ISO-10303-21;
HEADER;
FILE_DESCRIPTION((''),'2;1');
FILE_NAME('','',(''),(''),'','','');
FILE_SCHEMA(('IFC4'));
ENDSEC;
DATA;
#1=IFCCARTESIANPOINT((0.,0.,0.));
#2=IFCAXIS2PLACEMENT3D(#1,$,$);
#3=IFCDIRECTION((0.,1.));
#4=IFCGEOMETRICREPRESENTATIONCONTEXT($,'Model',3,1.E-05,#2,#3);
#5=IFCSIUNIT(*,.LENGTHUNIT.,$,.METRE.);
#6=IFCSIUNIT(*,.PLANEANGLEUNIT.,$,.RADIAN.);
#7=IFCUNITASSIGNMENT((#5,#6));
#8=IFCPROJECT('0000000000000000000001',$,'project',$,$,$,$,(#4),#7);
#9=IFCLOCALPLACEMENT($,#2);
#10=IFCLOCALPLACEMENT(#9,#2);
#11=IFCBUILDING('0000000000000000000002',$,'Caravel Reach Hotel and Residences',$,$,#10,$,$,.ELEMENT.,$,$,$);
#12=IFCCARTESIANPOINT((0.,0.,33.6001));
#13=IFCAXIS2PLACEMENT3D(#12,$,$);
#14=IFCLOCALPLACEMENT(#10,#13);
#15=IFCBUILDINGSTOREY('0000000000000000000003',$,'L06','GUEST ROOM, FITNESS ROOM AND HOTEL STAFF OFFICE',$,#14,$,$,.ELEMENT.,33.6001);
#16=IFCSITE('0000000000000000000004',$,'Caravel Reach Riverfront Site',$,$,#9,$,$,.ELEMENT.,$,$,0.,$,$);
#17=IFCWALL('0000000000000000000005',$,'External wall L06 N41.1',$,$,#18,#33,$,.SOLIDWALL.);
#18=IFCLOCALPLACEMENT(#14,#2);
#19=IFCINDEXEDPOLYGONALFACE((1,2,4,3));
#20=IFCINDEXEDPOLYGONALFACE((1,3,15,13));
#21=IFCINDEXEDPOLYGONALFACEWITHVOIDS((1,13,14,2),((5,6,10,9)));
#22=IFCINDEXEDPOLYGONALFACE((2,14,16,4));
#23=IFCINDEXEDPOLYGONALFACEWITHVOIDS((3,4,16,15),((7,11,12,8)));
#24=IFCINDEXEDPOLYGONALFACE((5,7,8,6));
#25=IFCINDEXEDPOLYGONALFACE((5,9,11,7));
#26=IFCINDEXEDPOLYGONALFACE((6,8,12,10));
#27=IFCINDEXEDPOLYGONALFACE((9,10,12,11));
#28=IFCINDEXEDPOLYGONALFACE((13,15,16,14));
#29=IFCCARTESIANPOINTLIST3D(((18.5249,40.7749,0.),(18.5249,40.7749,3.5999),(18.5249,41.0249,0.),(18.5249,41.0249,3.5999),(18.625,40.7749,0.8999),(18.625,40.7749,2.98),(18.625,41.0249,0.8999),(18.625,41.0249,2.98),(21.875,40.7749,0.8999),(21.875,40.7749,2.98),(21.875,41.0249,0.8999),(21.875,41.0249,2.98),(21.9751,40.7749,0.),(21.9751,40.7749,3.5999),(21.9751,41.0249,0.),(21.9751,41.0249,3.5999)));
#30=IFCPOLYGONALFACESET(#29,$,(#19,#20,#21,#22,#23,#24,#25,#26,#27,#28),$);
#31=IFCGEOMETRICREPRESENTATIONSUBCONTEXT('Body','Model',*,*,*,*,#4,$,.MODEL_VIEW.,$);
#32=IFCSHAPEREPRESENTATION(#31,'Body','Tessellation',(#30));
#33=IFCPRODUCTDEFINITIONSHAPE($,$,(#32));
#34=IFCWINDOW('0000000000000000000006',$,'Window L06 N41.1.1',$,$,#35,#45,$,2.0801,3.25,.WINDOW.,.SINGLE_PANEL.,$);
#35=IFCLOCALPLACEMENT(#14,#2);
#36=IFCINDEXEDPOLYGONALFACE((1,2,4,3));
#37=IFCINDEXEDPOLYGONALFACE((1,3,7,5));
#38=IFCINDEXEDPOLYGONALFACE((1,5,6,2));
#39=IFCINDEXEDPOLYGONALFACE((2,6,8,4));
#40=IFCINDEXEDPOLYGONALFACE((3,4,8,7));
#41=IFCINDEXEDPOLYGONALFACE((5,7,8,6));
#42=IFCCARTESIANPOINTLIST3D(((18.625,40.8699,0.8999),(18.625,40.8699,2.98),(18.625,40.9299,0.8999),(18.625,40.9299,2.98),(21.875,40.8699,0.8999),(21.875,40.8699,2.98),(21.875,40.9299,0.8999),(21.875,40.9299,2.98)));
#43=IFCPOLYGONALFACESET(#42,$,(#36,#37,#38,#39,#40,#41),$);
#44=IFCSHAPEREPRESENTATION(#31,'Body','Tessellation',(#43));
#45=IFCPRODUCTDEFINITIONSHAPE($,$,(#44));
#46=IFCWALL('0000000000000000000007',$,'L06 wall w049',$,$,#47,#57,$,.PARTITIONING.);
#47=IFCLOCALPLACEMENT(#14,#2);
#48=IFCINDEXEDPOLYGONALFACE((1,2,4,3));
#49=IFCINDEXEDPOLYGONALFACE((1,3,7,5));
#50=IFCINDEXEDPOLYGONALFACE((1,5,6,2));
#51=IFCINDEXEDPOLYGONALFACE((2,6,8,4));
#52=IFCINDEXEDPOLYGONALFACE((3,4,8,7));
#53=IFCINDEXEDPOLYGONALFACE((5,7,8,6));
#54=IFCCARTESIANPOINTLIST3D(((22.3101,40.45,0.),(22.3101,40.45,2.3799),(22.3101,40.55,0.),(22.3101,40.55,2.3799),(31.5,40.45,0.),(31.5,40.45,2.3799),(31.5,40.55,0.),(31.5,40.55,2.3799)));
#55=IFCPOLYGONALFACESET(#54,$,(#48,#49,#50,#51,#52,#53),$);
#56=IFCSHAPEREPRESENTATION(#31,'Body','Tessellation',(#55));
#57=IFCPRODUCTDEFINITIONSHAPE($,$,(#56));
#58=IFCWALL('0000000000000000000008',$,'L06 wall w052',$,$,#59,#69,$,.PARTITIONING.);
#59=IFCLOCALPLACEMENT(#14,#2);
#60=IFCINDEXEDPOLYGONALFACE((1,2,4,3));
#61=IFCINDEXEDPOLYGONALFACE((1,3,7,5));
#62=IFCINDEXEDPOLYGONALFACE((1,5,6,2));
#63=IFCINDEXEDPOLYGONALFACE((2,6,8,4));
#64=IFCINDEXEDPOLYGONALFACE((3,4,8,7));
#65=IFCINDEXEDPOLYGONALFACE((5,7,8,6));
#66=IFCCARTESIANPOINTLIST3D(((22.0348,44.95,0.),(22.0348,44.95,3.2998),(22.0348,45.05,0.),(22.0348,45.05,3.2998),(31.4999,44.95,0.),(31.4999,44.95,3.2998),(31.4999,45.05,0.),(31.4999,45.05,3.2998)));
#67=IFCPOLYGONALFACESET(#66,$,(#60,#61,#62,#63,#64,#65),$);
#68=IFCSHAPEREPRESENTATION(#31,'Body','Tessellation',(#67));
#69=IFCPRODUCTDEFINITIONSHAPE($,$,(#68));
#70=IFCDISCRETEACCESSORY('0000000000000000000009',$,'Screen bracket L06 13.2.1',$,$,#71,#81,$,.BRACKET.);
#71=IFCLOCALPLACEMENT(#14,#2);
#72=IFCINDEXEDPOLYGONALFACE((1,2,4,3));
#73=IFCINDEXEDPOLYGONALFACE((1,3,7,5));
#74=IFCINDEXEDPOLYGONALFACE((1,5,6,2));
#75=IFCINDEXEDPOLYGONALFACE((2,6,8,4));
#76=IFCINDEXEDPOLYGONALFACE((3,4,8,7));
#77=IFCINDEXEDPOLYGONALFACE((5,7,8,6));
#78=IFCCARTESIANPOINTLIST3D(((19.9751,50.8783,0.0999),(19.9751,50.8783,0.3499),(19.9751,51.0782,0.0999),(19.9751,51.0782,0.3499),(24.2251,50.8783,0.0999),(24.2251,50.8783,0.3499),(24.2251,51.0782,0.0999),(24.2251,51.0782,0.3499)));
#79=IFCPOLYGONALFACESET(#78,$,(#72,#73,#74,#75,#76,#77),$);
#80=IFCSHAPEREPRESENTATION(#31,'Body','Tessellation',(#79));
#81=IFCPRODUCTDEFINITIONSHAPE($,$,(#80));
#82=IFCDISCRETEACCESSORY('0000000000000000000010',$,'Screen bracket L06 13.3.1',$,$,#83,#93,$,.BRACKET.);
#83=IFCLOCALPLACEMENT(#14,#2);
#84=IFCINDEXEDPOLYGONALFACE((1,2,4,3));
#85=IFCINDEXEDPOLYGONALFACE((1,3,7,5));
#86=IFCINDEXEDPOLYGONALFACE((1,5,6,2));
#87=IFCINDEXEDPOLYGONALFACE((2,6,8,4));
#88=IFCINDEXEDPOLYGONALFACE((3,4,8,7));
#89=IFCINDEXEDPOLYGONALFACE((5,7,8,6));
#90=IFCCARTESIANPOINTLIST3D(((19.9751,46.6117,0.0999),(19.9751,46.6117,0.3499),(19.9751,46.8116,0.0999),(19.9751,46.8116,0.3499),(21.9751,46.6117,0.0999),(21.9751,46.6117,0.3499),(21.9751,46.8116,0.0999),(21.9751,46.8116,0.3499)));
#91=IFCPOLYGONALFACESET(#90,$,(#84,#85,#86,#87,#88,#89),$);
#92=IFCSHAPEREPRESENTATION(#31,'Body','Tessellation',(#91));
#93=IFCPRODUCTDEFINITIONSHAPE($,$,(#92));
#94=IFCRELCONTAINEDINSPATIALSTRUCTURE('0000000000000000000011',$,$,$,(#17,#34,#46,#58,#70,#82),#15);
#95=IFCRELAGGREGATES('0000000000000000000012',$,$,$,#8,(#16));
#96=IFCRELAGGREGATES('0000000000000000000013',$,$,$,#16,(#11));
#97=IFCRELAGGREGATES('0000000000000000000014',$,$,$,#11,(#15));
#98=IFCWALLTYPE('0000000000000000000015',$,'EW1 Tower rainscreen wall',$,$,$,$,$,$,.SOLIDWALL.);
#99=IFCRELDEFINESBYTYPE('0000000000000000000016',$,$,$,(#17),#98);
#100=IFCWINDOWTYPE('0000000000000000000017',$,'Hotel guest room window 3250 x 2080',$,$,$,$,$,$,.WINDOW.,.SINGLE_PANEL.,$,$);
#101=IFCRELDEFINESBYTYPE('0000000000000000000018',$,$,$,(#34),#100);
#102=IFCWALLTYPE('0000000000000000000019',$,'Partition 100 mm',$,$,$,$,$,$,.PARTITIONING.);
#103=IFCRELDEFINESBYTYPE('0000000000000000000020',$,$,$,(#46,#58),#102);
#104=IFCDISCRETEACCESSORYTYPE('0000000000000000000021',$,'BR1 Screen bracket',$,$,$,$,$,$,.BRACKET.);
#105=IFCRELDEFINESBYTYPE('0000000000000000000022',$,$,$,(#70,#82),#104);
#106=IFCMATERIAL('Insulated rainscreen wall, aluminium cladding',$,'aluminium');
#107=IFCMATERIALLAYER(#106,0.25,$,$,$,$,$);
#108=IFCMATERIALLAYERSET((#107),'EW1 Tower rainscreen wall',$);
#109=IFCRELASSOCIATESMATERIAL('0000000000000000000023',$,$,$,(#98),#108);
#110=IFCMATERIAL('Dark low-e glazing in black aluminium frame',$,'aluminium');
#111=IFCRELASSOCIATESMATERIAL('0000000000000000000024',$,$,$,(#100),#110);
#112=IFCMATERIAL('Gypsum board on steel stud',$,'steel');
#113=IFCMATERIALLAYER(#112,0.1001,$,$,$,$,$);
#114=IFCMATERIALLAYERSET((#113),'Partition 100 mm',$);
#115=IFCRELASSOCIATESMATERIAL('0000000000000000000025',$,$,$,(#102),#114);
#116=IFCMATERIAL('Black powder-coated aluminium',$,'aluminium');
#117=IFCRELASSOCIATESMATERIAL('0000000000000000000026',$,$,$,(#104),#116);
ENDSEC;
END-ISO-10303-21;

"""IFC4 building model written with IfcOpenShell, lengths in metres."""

from ifc_helpers import new_model, si_unit, direction, frame, frame_2d, origin, origin_2d, place, context, subcontext, project, spatial, rectangle, extrude, material, layer, layer_set, type_object, element, fill, save


model = new_model("IFC4")

# Units and contexts
model_context = context("Model", 3, precision=1e-05, world=origin(), true_north=direction((0.0, 1.0)))
body_context = subcontext(model_context, "Body", "Model", "MODEL_VIEW")
ifc_project = project(units=[si_unit("LENGTHUNIT", "METRE"), si_unit("PLANEANGLEUNIT", "RADIAN")], contexts=[model_context])

# Site, building, storey
site_placement = place(None, origin())
site = spatial("IfcSite", under=ifc_project, at=site_placement, Name="Caravel Reach Riverfront Site", CompositionType="ELEMENT", RefElevation=0.0)
building_placement = place(site_placement, origin())
building = spatial("IfcBuilding", under=site, at=building_placement, Name="Caravel Reach Hotel and Residences", CompositionType="ELEMENT")
storey_placement = place(building_placement, frame((0.0, 0.0, 33.6001)))
storey = spatial("IfcBuildingStorey", under=building, at=storey_placement, Name="L06", Description="GUEST ROOM, FITNESS ROOM AND HOTEL STAFF OFFICE", CompositionType="ELEMENT", Elevation=33.6001)

# Shared definitions
ifc_material_1 = material(Name="Insulated rainscreen wall, aluminium cladding", Category="aluminium")
ifc_layer_1 = layer(ifc_material_1, 0.25)
ifc_layer_set_1 = layer_set([ifc_layer_1], Name="EW1 Tower rainscreen wall")
wall_type_1 = type_object("IfcWallType", Name="EW1 Tower rainscreen wall", PredefinedType="SOLIDWALL", material=ifc_layer_set_1)

# Shared definitions
ifc_material_2 = material(Name="Dark low-e glazing in black aluminium frame", Category="aluminium")
window_type_1 = type_object("IfcWindowType", Name="Hotel guest room window 3250 x 2080", PartitioningType="SINGLE_PANEL", PredefinedType="WINDOW", material=ifc_material_2)

# Wall, opening, window
wall_1_placement = place(storey_placement, frame((21.9751, 40.8999, 0.0), z_axis=(0.0, 0.0, 1.0), x_axis=(-1.0, 0.0, 0.0)))
wall_1 = element("IfcWall", 1, at=wall_1_placement, inside=storey, type_object=wall_type_1, Name="External wall L06 N41.1", PredefinedType="SOLIDWALL", context=body_context, shape_type="SweptSolid", body=[
    extrude(rectangle(XDim=3.4502, YDim=0.25, at=frame_2d((1.7251, 0.0))), origin(), (0.0, 0.0, 1.0), 3.5999),
])
opening_1_placement = place(wall_1_placement, frame((0.1001, 0.0, 0.8999)))
opening_1 = element("IfcOpeningElement", 2, at=opening_1_placement, cuts=wall_1, PredefinedType="OPENING", context=body_context, shape_type="SweptSolid", body=[
    extrude(rectangle(XDim=3.25, YDim=2.0801, at=frame_2d((1.625, 1.04))), frame((0.0, 0.135, 0.0), z_axis=(0.0, -1.0, 0.0), x_axis=(1.0, 0.0, 0.0)), (0.0, 0.0, 1.0), 0.27),
])
window_1_placement = place(opening_1_placement, origin())
window_1 = element("IfcWindow", 3, at=window_1_placement, inside=storey, type_object=window_type_1, Name="Window L06 N41.1.1", OverallHeight=2.0801, OverallWidth=3.25, PartitioningType="SINGLE_PANEL", PredefinedType="WINDOW", context=body_context, shape_type="SweptSolid", body=[
    extrude(rectangle(XDim=3.25, YDim=2.0801, at=frame_2d((1.625, 1.04))), frame((0.0, 0.03, 0.0), z_axis=(0.0, -1.0, 0.0), x_axis=(1.0, 0.0, 0.0)), (0.0, 0.0, 1.0), 0.0601),
])
fill(opening_1, window_1)

# Walls
ifc_material_3 = material(Name="Gypsum board on steel stud", Category="steel")
ifc_layer_2 = layer(ifc_material_3, 0.1001)
ifc_layer_set_2 = layer_set([ifc_layer_2], Name="Partition 100 mm")
wall_type_2 = type_object("IfcWallType", Name="Partition 100 mm", PredefinedType="PARTITIONING", material=ifc_layer_set_2)
wall_2_placement = place(storey_placement, frame((22.3101, 40.5, 0.0), z_axis=(0.0, 0.0, 1.0), x_axis=(1.0, 0.0, 0.0)))
element("IfcWall", 4, at=wall_2_placement, inside=storey, type_object=wall_type_2, Name="L06 wall w049", PredefinedType="PARTITIONING", context=body_context, shape_type="SweptSolid", body=[
    extrude(rectangle(XDim=9.1899, YDim=0.1001, at=frame_2d((4.595, 0.0))), origin(), (0.0, 0.0, 1.0), 2.3799),
])
wall_3_placement = place(storey_placement, frame((22.0349, 45.0, 0.0), z_axis=(0.0, 0.0, 1.0), x_axis=(1.0, 0.0, 0.0)))
element("IfcWall", 5, at=wall_3_placement, inside=storey, type_object=wall_type_2, Name="L06 wall w052", PredefinedType="PARTITIONING", context=body_context, shape_type="SweptSolid", body=[
    extrude(rectangle(XDim=9.4651, YDim=0.1001, at=frame_2d((4.7324, 0.0))), origin(), (0.0, 0.0, 1.0), 3.2998),
])

# Discrete accessories
ifc_material_4 = material(Name="Black powder-coated aluminium", Category="aluminium")
discrete_accessory_type = type_object("IfcDiscreteAccessoryType", Name="BR1 Screen bracket", PredefinedType="BRACKET", material=ifc_material_4)
discrete_accessory_1_placement = place(storey_placement, frame((22.1001, 50.9783, 0.0999), z_axis=(0.0, 0.0, 1.0), x_axis=(-1.0, 0.0, 0.0)))
element("IfcDiscreteAccessory", 6, at=discrete_accessory_1_placement, inside=storey, type_object=discrete_accessory_type, Name="Screen bracket L06 13.2.1", PredefinedType="BRACKET", context=body_context, shape_type="SweptSolid", body=[
    extrude(rectangle(XDim=4.25, YDim=0.2, at=origin_2d()), origin(), (0.0, 0.0, 1.0), 0.25),
])
discrete_accessory_2_placement = place(storey_placement, frame((20.9751, 46.7117, 0.0999), z_axis=(0.0, 0.0, 1.0), x_axis=(-1.0, 0.0, 0.0)))
element("IfcDiscreteAccessory", 7, at=discrete_accessory_2_placement, inside=storey, type_object=discrete_accessory_type, Name="Screen bracket L06 13.3.1", PredefinedType="BRACKET", context=body_context, shape_type="SweptSolid", body=[
    extrude(rectangle(XDim=2.0, YDim=0.2, at=origin_2d()), origin(), (0.0, 0.0, 1.0), 0.25),
])

save(model, "model.ifc")
